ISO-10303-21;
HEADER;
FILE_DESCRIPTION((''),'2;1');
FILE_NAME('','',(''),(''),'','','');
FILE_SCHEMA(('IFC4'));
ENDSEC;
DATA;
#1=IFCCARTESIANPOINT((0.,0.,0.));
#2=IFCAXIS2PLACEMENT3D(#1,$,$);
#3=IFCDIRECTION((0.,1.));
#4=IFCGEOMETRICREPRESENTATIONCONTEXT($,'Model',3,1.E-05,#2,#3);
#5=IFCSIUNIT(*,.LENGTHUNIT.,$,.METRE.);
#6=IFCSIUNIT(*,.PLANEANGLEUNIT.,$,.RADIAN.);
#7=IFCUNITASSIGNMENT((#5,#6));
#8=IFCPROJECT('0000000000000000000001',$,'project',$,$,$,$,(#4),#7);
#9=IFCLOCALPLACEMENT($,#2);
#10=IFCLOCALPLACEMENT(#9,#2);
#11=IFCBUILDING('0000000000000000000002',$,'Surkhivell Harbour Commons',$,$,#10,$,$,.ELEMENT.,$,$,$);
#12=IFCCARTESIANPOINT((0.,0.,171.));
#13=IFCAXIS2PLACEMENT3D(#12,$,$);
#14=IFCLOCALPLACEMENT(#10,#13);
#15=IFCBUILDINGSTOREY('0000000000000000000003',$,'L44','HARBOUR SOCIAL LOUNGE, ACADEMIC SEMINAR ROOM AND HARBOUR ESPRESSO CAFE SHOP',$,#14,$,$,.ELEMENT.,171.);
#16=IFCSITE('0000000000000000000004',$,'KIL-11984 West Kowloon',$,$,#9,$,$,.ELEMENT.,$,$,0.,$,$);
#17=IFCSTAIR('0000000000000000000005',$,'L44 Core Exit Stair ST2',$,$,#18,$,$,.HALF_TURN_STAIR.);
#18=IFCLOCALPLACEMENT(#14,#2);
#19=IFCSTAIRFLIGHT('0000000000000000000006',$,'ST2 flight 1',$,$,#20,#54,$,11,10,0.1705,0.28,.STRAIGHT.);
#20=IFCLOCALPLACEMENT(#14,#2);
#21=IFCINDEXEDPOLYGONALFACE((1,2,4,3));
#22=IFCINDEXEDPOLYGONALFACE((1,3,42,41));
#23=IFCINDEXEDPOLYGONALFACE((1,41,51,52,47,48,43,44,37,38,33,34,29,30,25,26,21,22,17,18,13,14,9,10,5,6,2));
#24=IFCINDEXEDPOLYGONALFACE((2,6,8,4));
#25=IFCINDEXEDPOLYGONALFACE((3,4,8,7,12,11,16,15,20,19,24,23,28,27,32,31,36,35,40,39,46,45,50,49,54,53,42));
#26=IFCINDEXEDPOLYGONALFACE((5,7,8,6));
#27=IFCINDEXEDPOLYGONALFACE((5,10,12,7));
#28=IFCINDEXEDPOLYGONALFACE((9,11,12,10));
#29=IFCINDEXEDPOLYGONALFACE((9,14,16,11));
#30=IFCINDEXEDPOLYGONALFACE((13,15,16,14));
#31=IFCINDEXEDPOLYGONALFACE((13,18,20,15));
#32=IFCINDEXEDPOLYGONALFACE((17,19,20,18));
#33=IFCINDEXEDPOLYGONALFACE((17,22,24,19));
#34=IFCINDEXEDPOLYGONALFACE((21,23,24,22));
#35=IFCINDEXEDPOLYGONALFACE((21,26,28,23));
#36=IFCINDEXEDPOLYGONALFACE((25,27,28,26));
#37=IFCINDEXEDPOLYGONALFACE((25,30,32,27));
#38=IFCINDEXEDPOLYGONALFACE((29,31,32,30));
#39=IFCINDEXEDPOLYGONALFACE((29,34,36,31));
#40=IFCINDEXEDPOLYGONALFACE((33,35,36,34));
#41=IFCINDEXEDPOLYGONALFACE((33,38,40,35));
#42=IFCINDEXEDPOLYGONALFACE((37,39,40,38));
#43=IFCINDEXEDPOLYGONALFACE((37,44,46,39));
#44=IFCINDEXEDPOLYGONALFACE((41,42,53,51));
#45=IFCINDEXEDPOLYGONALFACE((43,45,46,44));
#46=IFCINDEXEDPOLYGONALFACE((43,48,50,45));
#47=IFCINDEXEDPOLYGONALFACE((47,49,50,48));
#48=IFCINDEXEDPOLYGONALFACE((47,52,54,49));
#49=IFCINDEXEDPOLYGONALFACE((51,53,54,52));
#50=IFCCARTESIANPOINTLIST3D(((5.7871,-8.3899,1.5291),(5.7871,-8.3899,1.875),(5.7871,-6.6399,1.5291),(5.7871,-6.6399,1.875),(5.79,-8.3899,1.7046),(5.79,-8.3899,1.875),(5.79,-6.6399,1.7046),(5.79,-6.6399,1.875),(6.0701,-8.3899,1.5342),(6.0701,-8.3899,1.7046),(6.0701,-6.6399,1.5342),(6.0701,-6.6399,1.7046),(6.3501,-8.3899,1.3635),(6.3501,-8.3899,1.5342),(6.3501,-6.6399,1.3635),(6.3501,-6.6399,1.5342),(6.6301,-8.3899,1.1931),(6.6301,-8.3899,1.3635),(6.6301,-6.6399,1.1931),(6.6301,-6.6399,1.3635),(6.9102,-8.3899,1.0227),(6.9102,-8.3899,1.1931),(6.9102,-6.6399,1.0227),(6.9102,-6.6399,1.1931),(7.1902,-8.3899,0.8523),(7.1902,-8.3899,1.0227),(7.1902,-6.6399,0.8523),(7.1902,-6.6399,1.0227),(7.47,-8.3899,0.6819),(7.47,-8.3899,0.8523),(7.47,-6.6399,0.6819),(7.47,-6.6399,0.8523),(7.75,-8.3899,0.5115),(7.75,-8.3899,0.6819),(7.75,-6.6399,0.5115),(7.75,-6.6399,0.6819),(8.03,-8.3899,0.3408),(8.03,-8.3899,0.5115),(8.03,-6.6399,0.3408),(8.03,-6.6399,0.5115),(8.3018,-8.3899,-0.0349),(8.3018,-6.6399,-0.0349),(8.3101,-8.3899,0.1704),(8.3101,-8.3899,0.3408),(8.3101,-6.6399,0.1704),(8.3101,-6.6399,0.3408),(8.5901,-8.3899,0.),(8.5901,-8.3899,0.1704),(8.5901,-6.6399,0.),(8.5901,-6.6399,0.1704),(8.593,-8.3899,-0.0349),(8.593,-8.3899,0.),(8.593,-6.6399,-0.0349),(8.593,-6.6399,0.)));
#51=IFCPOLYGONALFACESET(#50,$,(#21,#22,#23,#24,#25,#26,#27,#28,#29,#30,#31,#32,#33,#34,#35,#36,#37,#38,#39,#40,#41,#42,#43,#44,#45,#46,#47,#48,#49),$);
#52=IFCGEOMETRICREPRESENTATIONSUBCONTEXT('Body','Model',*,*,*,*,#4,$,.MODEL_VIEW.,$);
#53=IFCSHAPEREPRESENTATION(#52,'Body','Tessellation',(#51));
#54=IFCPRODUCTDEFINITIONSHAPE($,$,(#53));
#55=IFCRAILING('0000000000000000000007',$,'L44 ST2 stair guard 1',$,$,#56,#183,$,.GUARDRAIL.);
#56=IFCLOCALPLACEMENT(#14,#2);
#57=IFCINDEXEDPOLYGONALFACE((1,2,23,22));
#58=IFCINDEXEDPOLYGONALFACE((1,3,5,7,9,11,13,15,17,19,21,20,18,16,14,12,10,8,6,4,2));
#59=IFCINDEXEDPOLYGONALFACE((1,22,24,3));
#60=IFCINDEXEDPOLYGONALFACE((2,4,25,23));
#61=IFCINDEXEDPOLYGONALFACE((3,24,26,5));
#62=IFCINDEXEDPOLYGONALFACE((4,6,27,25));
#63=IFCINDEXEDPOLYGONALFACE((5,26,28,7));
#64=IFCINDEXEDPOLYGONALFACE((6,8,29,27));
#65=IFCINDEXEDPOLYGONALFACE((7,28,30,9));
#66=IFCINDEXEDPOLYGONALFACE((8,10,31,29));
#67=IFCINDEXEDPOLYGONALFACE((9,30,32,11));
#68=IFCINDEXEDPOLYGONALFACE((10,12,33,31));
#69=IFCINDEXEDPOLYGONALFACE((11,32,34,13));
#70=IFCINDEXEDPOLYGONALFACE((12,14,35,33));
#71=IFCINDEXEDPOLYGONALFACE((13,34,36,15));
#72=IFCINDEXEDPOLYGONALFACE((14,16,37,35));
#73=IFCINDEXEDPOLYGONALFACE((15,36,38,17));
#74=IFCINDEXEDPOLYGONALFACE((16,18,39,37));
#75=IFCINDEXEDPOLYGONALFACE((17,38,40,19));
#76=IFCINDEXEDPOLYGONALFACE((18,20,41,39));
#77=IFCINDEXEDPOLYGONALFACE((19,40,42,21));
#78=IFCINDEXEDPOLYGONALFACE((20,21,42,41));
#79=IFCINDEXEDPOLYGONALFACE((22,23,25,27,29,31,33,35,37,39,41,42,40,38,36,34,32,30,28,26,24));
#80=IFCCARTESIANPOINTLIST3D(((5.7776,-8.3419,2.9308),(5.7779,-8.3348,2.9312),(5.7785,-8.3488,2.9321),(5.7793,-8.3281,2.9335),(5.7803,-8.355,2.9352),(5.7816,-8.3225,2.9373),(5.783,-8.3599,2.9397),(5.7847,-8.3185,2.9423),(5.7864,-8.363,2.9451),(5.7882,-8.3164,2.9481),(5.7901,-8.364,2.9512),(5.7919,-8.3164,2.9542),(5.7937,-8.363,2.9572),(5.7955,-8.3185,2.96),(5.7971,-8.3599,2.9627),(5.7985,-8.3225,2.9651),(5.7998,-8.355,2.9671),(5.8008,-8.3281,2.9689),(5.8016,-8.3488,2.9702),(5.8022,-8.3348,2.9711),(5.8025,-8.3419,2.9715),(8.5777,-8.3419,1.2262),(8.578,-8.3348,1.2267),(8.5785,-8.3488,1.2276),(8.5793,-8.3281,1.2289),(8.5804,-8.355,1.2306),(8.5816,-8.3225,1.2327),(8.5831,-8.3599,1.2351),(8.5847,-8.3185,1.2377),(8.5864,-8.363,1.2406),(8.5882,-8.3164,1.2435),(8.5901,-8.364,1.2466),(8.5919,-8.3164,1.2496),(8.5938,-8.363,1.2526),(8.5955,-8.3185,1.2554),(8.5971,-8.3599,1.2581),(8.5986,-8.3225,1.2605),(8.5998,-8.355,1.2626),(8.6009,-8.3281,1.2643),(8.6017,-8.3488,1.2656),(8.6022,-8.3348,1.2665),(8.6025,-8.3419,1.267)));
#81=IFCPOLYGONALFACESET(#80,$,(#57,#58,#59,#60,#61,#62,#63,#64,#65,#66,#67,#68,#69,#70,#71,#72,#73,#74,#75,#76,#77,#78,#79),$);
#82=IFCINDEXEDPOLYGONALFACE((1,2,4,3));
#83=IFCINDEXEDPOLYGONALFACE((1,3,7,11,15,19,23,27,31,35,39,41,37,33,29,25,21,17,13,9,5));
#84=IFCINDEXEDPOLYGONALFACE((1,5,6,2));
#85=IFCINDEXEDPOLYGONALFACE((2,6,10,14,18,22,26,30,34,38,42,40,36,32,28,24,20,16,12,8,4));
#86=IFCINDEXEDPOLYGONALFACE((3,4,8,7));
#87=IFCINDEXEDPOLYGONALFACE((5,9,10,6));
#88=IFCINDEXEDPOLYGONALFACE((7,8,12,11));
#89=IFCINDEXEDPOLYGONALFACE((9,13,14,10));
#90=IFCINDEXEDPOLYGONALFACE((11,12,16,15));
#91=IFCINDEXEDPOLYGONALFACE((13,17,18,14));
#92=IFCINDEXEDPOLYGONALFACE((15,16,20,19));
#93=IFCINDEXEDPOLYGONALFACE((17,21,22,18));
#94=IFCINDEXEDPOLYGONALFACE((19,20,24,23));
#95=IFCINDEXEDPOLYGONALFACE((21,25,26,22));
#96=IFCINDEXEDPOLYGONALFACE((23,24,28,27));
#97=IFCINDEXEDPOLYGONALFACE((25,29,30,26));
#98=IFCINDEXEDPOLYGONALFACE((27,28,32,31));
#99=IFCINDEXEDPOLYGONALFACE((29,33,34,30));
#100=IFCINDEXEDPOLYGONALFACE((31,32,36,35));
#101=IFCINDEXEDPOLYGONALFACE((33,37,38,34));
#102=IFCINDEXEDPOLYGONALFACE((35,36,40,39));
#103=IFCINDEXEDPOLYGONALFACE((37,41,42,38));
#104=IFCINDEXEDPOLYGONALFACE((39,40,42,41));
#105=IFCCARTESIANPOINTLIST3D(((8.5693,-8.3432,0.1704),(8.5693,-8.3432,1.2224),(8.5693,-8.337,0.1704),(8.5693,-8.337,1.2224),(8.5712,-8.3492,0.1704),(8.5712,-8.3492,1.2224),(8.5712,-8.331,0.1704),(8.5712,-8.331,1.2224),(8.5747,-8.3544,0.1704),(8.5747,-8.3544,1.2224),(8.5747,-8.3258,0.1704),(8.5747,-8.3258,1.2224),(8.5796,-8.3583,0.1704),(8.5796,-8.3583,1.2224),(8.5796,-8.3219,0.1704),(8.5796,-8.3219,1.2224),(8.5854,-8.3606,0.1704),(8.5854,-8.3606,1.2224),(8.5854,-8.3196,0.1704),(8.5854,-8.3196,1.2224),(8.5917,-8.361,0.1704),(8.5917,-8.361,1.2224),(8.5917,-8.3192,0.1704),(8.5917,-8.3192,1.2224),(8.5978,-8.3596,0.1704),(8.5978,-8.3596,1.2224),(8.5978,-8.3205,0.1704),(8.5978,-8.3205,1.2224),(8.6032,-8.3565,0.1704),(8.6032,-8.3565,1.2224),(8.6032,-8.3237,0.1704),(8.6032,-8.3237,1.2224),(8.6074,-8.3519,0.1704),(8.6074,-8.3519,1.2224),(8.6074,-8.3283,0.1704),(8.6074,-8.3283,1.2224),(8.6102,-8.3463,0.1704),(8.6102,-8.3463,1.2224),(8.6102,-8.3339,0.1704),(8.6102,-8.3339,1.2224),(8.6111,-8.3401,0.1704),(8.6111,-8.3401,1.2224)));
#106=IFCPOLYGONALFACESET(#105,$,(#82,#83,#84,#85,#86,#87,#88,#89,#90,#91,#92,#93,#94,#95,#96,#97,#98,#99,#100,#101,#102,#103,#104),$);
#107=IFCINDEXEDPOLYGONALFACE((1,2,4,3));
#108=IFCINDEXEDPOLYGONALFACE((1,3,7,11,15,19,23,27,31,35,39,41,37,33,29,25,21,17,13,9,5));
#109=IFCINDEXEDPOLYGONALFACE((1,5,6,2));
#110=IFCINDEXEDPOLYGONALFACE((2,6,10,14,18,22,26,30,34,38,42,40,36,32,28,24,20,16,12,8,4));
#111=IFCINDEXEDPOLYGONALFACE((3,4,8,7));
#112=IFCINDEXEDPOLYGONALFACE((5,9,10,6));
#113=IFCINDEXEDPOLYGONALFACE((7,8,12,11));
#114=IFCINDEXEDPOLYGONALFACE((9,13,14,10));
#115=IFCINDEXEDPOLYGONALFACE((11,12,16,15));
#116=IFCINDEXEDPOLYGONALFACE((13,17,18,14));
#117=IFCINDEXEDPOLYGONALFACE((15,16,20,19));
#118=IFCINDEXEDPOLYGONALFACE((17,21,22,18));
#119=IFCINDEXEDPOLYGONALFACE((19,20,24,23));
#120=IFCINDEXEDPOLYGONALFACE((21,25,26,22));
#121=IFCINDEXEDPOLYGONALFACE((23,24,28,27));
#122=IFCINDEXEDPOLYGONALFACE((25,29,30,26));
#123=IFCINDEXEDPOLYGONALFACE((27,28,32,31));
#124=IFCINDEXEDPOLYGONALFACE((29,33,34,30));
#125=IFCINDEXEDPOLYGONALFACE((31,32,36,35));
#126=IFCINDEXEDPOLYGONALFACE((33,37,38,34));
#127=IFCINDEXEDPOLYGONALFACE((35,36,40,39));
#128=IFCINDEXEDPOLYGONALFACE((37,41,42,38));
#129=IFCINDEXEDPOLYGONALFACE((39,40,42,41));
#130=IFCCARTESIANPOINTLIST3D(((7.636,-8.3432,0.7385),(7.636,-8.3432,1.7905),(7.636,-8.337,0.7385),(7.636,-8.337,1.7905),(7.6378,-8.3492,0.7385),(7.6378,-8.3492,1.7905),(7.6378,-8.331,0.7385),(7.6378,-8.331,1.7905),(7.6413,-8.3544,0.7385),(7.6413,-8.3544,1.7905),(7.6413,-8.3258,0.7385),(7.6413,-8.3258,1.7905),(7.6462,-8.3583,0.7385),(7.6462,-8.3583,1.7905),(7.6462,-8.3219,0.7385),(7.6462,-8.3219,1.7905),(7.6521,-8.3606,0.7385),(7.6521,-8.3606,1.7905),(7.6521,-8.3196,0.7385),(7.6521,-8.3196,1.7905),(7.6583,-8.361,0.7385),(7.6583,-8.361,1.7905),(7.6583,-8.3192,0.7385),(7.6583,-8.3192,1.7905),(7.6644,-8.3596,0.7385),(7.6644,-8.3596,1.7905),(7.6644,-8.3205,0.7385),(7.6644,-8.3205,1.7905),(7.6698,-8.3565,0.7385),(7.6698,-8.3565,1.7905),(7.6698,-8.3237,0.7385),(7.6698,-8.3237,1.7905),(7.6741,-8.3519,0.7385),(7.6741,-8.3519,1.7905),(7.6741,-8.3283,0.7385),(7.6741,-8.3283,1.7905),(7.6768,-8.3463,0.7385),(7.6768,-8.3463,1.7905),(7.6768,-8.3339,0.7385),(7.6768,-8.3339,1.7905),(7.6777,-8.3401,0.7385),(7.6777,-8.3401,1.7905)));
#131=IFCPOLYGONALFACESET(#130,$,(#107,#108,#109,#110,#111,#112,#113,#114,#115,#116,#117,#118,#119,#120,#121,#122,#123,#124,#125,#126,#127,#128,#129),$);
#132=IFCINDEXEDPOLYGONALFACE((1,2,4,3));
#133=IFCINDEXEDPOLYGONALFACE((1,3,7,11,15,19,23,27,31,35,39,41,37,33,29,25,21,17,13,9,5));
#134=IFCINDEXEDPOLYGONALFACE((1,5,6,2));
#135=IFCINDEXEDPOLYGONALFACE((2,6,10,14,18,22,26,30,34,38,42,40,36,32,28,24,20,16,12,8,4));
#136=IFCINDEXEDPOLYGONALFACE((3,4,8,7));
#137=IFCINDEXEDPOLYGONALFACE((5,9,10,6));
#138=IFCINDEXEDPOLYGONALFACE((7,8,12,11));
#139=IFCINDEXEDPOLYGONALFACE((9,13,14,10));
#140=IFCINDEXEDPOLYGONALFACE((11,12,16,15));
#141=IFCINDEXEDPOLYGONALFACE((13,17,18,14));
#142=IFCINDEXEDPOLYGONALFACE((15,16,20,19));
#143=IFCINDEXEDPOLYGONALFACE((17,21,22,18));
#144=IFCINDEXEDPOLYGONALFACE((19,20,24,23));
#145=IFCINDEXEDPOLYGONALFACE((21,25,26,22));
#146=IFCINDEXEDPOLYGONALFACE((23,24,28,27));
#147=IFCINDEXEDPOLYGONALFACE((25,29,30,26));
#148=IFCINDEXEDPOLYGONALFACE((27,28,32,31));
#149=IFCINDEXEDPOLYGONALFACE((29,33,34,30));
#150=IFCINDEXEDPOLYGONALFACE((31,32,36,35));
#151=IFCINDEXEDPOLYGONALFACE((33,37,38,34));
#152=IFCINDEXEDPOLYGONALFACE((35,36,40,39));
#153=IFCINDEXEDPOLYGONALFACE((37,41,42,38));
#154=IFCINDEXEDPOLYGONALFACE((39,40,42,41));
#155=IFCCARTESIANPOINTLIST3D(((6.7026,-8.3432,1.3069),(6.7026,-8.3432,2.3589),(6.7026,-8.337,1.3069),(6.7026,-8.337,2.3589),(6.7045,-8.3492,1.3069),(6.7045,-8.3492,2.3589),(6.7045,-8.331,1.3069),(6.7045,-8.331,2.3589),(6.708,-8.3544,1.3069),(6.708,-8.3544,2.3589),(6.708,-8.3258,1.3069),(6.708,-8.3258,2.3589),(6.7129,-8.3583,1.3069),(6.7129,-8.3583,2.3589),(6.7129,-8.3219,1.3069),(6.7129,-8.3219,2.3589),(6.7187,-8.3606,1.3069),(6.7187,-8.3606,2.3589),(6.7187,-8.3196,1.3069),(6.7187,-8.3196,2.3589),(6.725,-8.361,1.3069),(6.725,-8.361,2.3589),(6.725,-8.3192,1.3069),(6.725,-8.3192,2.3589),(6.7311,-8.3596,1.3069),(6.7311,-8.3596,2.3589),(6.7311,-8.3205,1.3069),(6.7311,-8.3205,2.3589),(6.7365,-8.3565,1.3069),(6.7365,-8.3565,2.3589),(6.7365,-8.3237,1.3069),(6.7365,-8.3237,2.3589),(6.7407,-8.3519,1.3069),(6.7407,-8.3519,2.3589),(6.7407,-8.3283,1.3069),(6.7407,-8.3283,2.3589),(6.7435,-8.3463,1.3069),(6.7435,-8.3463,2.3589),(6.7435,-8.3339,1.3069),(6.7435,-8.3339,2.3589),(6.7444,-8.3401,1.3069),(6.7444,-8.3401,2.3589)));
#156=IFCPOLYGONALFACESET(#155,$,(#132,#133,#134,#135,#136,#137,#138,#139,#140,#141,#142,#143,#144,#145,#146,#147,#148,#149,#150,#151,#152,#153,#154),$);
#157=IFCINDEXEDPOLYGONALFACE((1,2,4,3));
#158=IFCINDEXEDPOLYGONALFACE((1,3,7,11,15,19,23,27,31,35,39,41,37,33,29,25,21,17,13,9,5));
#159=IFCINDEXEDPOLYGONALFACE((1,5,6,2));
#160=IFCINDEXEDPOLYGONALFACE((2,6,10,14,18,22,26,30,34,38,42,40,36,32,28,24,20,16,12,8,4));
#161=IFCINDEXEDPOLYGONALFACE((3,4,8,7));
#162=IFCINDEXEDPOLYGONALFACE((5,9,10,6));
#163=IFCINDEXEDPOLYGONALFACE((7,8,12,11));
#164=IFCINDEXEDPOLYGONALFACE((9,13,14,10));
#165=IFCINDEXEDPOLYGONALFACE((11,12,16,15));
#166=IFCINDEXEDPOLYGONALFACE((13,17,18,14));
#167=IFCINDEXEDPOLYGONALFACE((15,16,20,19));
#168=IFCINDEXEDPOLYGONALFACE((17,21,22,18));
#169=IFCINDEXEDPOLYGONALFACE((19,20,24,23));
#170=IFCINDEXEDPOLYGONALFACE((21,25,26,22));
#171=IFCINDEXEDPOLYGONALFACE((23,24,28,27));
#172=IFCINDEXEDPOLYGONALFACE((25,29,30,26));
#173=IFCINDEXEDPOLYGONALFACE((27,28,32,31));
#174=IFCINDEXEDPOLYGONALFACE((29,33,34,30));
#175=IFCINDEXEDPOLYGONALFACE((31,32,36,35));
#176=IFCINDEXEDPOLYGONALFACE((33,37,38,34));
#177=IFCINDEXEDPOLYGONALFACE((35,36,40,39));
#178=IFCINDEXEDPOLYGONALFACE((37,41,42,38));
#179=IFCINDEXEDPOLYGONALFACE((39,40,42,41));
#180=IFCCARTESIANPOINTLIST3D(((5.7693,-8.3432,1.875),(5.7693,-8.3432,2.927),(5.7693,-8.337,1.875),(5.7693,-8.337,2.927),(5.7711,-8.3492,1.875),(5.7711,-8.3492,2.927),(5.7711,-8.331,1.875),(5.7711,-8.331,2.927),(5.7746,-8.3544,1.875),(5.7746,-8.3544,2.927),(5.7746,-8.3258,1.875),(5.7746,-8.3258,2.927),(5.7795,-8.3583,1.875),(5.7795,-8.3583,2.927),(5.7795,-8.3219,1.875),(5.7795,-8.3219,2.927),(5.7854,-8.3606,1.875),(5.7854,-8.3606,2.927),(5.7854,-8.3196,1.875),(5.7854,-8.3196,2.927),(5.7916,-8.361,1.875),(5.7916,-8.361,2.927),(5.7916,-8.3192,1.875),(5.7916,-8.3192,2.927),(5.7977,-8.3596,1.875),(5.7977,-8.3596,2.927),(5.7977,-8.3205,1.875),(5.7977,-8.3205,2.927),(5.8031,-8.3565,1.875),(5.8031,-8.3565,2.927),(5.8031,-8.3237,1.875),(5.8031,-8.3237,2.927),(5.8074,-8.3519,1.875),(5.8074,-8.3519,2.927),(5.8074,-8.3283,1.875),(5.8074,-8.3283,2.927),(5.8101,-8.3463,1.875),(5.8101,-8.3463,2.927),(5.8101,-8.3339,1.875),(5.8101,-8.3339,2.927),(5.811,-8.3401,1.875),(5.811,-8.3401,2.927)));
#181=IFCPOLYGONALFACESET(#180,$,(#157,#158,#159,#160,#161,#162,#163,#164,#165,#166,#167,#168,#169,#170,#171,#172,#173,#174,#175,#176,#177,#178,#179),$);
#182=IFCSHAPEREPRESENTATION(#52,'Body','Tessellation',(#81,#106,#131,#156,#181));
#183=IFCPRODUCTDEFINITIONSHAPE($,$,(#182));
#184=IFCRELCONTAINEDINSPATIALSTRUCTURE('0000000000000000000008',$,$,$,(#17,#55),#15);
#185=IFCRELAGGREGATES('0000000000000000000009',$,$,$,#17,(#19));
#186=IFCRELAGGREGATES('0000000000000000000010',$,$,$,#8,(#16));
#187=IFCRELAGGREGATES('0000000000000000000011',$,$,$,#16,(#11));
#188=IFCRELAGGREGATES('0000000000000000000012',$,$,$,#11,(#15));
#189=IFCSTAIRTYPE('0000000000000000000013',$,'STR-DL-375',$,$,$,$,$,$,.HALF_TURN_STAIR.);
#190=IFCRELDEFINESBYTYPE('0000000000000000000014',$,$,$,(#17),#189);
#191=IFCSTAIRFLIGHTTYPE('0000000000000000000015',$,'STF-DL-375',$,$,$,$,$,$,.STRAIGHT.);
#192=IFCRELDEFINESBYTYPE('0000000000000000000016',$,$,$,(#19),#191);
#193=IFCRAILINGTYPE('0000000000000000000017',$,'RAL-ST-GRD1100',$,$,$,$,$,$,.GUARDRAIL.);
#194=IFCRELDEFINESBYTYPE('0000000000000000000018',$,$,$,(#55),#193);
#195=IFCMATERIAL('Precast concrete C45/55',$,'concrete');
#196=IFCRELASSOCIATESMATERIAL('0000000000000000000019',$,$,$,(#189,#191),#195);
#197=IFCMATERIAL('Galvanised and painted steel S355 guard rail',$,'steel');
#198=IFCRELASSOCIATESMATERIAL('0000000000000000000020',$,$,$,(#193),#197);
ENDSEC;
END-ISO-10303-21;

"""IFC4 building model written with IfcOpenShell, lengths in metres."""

from ifc_helpers import new_model, si_unit, direction, frame, origin, origin_2d, place, context, subcontext, project, spatial, polyline, circle, outline, extrude, material, type_object, element, aggregate, save


model = new_model("IFC4")

# Units and contexts
model_context = context("Model", 3, precision=1e-05, world=origin(), true_north=direction((0.0, 1.0)))
body_context = subcontext(model_context, "Body", "Model", "MODEL_VIEW")
ifc_project = project(units=[si_unit("LENGTHUNIT", "METRE"), si_unit("PLANEANGLEUNIT", "RADIAN")], contexts=[model_context])

# Site, building, storey
site_placement = place(None, origin())
site = spatial("IfcSite", under=ifc_project, at=site_placement, Name="KIL-11984 West Kowloon", CompositionType="ELEMENT", RefElevation=0.0)
building_placement = place(site_placement, origin())
building = spatial("IfcBuilding", under=site, at=building_placement, Name="Surkhivell Harbour Commons", CompositionType="ELEMENT")
storey_placement = place(building_placement, frame((0.0, 0.0, 171.0)))
storey = spatial("IfcBuildingStorey", under=building, at=storey_placement, Name="L44", Description="HARBOUR SOCIAL LOUNGE, ACADEMIC SEMINAR ROOM AND HARBOUR ESPRESSO CAFE SHOP", CompositionType="ELEMENT", Elevation=171.0)

# Stair, stair flight
ifc_material_1 = material(Name="Precast concrete C45/55", Category="concrete")
stair_type = type_object("IfcStairType", Name="STR-DL-375", PredefinedType="HALF_TURN_STAIR", material=ifc_material_1)
stair_placement = place(storey_placement, origin())
stair = element("IfcStair", 1, at=stair_placement, inside=storey, type_object=stair_type, Name="L44 Core Exit Stair ST2", PredefinedType="HALF_TURN_STAIR")
stair_flight_type = type_object("IfcStairFlightType", Name="STF-DL-375", PredefinedType="STRAIGHT", material=ifc_material_1)
stair_flight_placement = place(storey_placement, frame((8.5901, -7.5149, 0.0), z_axis=(0.0, 0.0, 1.0), x_axis=(-1.0, 0.0, 0.0)))
stair_flight = element("IfcStairFlight", 2, at=stair_flight_placement, type_object=stair_flight_type, Name="ST2 flight 1", NumberOfRisers=11, NumberOfTreads=10, PredefinedType="STRAIGHT", RiserHeight=0.1705, TreadLength=0.28, context=body_context, shape_type="SweptSolid", body=[
    extrude(outline(polyline([(-0.0029, -0.0349), (-0.0029, 0.0), (0.0, 0.0), (0.0, 0.1704), (0.28, 0.1704), (0.28, 0.3408), (0.5601, 0.3408), (0.5601, 0.5115), (0.8401, 0.5115), (0.8401, 0.6819), (1.1201, 0.6819), (1.1201, 0.8523), (1.3999, 0.8523), (1.3999, 1.0227), (1.6799, 1.0227), (1.6799, 1.1931), (1.96, 1.1931), (1.96, 1.3635), (2.24, 1.3635), (2.24, 1.5342), (2.52, 1.5342), (2.52, 1.7046), (2.8, 1.7046), (2.8, 1.875), (2.803, 1.875), (2.803, 1.5291), (0.2883, -0.0349), (-0.0029, -0.0349)])), frame((0.0, 0.875, 0.0), z_axis=(0.0, -1.0, 0.0), x_axis=(1.0, 0.0, 0.0)), (0.0, 0.0, 1.0), 1.75),
])
aggregate(stair, [stair_flight])

# Railing
ifc_material_2 = material(Name="Galvanised and painted steel S355 guard rail", Category="steel")
railing_type_1 = type_object("IfcRailingType", Name="RAL-ST-GRD1100", PredefinedType="GUARDRAIL", material=ifc_material_2)
railing_1_placement = place(storey_placement, frame((8.5901, -8.3401, 0.1704)))
element("IfcRailing", 3, at=railing_1_placement, inside=storey, type_object=railing_type_1, Name="L44 ST2 stair guard 1", PredefinedType="GUARDRAIL", context=body_context, shape_type="SweptSolid", body=[
    extrude(circle(Radius=0.0239, at=origin_2d()), frame((0.0, 0.0, 1.0762), z_axis=(-0.85417, 0.0, 0.519994), x_axis=(0.0, -1.0, 0.0)), (0.0, 0.0, 1.0), 3.2781),
    extrude(circle(Radius=0.021, at=origin_2d()), origin(), (0.0, 0.0, 1.0), 1.052),
    extrude(circle(Radius=0.021, at=origin_2d()), frame((-0.9333, 0.0, 0.5681)), (0.0, 0.0, 1.0), 1.052),
    extrude(circle(Radius=0.021, at=origin_2d()), frame((-1.8667, 0.0, 1.1365)), (0.0, 0.0, 1.0), 1.052),
    extrude(circle(Radius=0.021, at=origin_2d()), frame((-2.8, 0.0, 1.7046)), (0.0, 0.0, 1.0), 1.052),
])

save(model, "model.ifc")
